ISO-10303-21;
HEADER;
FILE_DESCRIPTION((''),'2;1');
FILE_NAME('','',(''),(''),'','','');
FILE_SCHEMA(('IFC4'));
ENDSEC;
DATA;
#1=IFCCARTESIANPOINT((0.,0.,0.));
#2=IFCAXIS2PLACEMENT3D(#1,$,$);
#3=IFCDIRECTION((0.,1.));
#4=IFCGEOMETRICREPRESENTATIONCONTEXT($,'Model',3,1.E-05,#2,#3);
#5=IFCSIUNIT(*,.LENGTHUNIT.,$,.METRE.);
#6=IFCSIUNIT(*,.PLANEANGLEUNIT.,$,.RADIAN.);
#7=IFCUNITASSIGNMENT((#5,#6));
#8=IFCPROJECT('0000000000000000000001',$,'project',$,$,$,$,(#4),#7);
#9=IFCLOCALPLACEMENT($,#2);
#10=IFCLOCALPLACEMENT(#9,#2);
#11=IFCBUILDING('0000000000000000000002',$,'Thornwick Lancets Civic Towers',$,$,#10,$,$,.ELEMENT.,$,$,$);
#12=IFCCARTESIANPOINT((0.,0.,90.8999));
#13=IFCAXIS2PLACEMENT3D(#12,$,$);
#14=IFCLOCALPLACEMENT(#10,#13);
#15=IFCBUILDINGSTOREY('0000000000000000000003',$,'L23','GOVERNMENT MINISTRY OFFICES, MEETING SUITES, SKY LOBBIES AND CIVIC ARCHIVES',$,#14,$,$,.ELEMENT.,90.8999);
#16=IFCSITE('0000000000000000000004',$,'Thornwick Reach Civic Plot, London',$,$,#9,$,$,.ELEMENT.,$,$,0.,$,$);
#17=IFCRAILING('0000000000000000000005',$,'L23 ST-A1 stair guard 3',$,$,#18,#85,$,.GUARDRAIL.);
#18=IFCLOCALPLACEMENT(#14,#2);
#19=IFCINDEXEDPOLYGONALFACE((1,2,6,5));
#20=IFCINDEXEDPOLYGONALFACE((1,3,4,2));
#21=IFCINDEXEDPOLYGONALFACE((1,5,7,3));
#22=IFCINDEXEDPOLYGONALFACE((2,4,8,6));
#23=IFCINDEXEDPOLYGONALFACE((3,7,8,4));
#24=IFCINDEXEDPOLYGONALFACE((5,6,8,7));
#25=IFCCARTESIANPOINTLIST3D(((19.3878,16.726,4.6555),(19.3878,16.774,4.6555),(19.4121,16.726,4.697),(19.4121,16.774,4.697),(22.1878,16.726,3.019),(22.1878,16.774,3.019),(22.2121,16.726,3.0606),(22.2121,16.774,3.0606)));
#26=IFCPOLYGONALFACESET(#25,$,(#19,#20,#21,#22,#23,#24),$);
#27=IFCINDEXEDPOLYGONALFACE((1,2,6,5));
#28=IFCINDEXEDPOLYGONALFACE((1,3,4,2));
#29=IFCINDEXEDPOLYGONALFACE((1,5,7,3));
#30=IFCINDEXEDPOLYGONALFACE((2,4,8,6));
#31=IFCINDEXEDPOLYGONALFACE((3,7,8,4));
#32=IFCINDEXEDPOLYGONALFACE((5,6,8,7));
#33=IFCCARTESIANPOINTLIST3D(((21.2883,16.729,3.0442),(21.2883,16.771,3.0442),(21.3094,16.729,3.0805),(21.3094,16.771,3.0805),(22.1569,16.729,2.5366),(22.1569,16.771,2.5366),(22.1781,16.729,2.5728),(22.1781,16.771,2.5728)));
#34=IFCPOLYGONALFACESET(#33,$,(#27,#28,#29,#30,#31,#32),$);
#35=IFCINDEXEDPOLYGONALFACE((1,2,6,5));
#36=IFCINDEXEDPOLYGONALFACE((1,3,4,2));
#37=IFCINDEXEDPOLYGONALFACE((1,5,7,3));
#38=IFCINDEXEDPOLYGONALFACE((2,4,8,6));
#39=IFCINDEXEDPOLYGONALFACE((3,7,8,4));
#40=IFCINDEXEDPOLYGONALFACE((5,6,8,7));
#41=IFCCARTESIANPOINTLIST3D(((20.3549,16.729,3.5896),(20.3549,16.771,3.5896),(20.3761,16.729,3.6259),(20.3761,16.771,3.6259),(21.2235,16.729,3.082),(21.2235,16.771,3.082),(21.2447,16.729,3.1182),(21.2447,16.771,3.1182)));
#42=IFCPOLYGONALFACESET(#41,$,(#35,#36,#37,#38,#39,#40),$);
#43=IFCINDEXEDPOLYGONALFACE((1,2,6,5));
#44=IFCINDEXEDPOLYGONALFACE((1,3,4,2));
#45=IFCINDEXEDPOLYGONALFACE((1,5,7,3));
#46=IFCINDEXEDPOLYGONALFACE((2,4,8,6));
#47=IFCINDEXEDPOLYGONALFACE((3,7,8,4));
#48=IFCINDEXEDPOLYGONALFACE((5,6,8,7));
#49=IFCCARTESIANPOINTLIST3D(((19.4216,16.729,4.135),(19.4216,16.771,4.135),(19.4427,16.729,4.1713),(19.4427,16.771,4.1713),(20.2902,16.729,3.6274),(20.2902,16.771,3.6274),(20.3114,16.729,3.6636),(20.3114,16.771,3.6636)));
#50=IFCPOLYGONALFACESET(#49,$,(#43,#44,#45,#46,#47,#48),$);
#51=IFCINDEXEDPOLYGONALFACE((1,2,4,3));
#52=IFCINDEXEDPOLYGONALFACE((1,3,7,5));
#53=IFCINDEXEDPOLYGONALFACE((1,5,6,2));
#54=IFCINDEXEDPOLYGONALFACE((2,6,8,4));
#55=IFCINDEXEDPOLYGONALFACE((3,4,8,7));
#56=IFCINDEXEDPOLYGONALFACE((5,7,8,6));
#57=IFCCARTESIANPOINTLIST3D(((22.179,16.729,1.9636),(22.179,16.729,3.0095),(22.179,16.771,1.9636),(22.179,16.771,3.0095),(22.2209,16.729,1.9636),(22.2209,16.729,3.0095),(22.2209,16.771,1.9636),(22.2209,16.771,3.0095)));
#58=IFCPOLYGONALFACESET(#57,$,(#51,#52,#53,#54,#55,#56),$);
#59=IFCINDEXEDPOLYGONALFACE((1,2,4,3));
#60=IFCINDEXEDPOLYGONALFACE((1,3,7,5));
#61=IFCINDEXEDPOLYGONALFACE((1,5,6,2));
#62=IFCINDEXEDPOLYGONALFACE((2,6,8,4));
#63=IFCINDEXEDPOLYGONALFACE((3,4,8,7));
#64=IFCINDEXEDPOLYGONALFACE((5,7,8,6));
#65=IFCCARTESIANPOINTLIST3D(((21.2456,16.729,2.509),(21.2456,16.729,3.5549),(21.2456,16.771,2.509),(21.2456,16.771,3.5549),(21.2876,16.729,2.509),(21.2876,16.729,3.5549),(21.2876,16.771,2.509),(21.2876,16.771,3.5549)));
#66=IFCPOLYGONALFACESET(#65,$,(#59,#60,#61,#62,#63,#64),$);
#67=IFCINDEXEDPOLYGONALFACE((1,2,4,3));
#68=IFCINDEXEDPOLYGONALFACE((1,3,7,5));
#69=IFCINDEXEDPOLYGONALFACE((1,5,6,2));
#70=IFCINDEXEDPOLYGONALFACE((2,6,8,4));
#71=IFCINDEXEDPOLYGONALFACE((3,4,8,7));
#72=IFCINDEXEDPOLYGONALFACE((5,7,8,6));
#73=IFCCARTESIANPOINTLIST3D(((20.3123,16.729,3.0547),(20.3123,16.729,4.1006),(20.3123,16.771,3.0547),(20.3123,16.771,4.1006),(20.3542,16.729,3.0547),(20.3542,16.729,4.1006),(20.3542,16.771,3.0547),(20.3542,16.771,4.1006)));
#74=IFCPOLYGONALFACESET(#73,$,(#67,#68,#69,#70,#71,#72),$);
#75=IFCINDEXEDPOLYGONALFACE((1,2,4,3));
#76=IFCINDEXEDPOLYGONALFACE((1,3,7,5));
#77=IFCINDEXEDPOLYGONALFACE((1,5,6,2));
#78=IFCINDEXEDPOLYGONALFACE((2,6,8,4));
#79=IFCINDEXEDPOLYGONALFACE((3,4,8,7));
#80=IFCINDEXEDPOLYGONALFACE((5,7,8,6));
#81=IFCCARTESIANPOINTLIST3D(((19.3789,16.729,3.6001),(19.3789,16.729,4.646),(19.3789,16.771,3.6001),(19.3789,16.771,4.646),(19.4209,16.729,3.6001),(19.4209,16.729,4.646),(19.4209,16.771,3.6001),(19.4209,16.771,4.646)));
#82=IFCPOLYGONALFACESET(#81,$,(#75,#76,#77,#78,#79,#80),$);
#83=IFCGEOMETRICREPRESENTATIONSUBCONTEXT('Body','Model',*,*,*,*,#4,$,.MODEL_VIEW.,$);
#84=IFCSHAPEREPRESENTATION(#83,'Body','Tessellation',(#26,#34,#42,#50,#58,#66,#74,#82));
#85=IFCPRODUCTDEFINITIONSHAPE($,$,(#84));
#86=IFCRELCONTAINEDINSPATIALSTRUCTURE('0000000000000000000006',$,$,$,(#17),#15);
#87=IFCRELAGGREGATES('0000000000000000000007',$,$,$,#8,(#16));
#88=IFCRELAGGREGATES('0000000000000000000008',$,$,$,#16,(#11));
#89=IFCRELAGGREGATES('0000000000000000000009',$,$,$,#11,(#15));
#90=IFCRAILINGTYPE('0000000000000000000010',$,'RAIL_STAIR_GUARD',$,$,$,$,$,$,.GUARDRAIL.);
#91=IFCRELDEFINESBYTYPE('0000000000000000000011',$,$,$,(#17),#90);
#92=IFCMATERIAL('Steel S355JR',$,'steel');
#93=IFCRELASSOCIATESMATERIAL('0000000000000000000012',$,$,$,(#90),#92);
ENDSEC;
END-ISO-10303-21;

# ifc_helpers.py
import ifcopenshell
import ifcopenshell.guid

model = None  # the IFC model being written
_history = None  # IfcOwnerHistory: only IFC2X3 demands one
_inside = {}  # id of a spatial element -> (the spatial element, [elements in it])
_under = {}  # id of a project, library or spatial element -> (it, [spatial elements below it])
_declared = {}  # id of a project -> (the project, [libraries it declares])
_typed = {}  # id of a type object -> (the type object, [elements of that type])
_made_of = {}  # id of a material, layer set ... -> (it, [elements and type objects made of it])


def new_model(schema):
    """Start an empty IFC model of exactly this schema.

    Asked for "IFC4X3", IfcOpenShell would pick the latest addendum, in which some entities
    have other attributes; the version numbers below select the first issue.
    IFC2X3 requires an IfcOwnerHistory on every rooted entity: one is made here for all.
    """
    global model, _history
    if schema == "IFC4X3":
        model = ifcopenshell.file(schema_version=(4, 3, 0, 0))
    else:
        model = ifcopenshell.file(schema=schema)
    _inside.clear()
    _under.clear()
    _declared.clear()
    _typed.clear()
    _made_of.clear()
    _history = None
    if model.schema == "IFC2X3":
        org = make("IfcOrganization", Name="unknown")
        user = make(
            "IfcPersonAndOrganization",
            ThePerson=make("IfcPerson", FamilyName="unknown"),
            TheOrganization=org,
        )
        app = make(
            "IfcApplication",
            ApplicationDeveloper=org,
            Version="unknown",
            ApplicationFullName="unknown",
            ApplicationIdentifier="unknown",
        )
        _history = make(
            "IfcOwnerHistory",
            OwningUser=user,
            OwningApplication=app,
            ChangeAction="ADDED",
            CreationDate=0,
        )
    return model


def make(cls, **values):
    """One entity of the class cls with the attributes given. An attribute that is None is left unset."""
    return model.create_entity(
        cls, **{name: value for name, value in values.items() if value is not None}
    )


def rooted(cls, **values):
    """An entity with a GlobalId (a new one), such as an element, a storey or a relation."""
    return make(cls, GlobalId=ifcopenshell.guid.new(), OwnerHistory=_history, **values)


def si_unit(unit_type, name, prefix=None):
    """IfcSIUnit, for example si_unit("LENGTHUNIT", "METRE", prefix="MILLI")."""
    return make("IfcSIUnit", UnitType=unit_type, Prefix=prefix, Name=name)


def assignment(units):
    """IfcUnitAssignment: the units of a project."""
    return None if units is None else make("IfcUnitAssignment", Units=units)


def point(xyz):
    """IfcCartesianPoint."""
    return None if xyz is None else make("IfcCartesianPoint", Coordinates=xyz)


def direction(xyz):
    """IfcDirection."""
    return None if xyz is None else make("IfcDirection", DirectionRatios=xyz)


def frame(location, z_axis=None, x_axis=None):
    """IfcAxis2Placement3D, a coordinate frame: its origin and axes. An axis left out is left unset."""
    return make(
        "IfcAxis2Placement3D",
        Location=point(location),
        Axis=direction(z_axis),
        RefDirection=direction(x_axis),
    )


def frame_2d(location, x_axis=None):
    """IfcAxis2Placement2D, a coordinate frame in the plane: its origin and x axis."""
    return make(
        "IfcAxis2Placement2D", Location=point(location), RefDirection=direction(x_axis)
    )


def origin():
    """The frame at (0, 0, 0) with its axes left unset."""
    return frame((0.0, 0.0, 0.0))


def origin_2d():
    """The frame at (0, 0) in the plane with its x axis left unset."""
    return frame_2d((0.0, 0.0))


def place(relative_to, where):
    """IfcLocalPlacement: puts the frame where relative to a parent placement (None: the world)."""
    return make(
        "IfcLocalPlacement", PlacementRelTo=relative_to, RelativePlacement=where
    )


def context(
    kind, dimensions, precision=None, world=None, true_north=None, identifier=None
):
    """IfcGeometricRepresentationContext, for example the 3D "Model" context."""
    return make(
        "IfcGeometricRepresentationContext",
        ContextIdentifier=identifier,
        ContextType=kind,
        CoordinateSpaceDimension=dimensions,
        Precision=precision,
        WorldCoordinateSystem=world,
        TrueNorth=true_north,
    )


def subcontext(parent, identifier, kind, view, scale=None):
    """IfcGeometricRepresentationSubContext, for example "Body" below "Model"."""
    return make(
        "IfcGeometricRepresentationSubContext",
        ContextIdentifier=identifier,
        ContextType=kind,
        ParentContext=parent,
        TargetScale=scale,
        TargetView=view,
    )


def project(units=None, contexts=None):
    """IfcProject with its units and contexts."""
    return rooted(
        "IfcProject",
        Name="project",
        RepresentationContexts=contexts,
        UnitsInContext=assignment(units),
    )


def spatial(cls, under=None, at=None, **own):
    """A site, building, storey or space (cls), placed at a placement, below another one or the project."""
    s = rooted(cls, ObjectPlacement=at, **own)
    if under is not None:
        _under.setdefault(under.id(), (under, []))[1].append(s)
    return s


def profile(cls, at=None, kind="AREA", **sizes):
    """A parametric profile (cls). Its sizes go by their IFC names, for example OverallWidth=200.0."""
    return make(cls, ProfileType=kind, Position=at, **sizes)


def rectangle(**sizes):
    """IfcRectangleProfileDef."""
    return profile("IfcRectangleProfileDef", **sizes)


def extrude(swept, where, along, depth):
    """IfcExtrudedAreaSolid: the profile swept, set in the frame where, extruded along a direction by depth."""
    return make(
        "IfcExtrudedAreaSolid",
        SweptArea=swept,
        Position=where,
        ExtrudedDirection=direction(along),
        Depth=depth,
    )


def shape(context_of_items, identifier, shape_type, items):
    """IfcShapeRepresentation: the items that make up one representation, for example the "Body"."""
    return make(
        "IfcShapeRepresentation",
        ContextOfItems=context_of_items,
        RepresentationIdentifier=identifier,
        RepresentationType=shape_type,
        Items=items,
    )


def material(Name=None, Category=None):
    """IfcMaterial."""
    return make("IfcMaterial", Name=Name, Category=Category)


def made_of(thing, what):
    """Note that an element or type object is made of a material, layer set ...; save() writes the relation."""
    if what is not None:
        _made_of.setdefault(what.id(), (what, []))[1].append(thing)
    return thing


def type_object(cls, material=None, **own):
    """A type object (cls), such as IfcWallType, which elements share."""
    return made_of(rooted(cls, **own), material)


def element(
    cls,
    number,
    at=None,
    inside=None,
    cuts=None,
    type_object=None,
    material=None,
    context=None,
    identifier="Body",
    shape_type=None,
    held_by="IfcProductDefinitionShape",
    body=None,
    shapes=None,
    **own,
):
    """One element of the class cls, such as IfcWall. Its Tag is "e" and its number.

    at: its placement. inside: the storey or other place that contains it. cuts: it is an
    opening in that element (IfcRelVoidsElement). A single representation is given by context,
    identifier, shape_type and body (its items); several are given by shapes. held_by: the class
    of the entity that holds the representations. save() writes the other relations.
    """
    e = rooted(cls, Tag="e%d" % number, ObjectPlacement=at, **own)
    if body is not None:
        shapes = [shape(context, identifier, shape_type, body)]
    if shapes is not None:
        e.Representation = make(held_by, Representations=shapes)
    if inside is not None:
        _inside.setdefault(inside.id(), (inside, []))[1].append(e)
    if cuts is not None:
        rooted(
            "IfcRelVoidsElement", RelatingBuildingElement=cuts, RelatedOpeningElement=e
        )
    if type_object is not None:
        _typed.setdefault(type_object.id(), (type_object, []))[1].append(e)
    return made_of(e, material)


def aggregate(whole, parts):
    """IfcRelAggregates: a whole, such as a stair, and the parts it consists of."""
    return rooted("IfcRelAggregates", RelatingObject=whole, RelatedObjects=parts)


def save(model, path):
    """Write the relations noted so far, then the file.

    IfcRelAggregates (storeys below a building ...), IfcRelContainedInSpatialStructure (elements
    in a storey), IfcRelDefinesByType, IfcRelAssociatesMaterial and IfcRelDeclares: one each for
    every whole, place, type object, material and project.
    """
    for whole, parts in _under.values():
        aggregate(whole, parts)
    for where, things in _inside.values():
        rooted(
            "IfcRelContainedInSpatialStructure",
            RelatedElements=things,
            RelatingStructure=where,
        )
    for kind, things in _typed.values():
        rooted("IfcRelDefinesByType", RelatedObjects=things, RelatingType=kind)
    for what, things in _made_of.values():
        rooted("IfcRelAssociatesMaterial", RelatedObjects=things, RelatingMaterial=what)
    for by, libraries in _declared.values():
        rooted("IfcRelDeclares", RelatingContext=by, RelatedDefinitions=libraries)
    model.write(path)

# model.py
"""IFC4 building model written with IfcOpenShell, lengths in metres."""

from ifc_helpers import new_model, si_unit, direction, frame, origin, origin_2d, place, context, subcontext, project, spatial, rectangle, extrude, material, type_object, element, save


model = new_model("IFC4")

# Units and contexts
model_context = context("Model", 3, precision=1e-05, world=origin(), true_north=direction((0.0, 1.0)))
body_context = subcontext(model_context, "Body", "Model", "MODEL_VIEW")
ifc_project = project(units=[si_unit("LENGTHUNIT", "METRE"), si_unit("PLANEANGLEUNIT", "RADIAN")], contexts=[model_context])

# Site, building, storey
site_placement = place(None, origin())
site = spatial("IfcSite", under=ifc_project, at=site_placement, Name="Thornwick Reach Civic Plot, London", CompositionType="ELEMENT", RefElevation=0.0)
building_placement = place(site_placement, origin())
building = spatial("IfcBuilding", under=site, at=building_placement, Name="Thornwick Lancets Civic Towers", CompositionType="ELEMENT")
storey_placement = place(building_placement, frame((0.0, 0.0, 90.8999)))
storey = spatial("IfcBuildingStorey", under=building, at=storey_placement, Name="L23", Description="GOVERNMENT MINISTRY OFFICES, MEETING SUITES, SKY LOBBIES AND CIVIC ARCHIVES", CompositionType="ELEMENT", Elevation=90.8999)

# Shared definitions
ifc_material_1 = material(Name="Steel S355JR", Category="steel")

# Railing
railing_type_1 = type_object("IfcRailingType", Name="RAIL_STAIR_GUARD", PredefinedType="GUARDRAIL", material=ifc_material_1)
railing_1_placement = place(storey_placement, frame((22.2, 16.75, 1.9636)))
element("IfcRailing", 1, at=railing_1_placement, inside=storey, type_object=railing_type_1, Name="L23 ST-A1 stair guard 3", PredefinedType="GUARDRAIL", context=body_context, shape_type="SweptSolid", body=[
    extrude(rectangle(XDim=0.0481, YDim=0.0481, at=origin_2d()), frame((0.0, 0.0, 1.0762), z_axis=(-0.863361, 0.0, 0.504587), x_axis=(0.0, -1.0, 0.0)), (0.0, 0.0, 1.0), 3.2432),
    extrude(rectangle(XDim=0.042, YDim=0.042, at=origin_2d()), frame((-0.0325, 0.0, 0.5911), z_axis=(-0.863361, 0.0, 0.504587), x_axis=(0.0, -1.0, 0.0)), (0.0, 0.0, 1.0), 1.0061),
    extrude(rectangle(XDim=0.042, YDim=0.042, at=origin_2d()), frame((-0.9658, 0.0, 1.1365), z_axis=(-0.863361, 0.0, 0.504587), x_axis=(0.0, -1.0, 0.0)), (0.0, 0.0, 1.0), 1.0061),
    extrude(rectangle(XDim=0.042, YDim=0.042, at=origin_2d()), frame((-1.8992, 0.0, 1.6819), z_axis=(-0.863361, 0.0, 0.504587), x_axis=(0.0, -1.0, 0.0)), (0.0, 0.0, 1.0), 1.0061),
    extrude(rectangle(XDim=0.042, YDim=0.042, at=origin_2d()), origin(), (0.0, 0.0, 1.0), 1.0459),
    extrude(rectangle(XDim=0.042, YDim=0.042, at=origin_2d()), frame((-0.9333, 0.0, 0.5454)), (0.0, 0.0, 1.0), 1.0459),
    extrude(rectangle(XDim=0.042, YDim=0.042, at=origin_2d()), frame((-1.8667, 0.0, 1.0911)), (0.0, 0.0, 1.0), 1.0459),
    extrude(rectangle(XDim=0.042, YDim=0.042, at=origin_2d()), frame((-2.8, 0.0, 1.6365)), (0.0, 0.0, 1.0), 1.0459),
])

save(model, "model.ifc")
